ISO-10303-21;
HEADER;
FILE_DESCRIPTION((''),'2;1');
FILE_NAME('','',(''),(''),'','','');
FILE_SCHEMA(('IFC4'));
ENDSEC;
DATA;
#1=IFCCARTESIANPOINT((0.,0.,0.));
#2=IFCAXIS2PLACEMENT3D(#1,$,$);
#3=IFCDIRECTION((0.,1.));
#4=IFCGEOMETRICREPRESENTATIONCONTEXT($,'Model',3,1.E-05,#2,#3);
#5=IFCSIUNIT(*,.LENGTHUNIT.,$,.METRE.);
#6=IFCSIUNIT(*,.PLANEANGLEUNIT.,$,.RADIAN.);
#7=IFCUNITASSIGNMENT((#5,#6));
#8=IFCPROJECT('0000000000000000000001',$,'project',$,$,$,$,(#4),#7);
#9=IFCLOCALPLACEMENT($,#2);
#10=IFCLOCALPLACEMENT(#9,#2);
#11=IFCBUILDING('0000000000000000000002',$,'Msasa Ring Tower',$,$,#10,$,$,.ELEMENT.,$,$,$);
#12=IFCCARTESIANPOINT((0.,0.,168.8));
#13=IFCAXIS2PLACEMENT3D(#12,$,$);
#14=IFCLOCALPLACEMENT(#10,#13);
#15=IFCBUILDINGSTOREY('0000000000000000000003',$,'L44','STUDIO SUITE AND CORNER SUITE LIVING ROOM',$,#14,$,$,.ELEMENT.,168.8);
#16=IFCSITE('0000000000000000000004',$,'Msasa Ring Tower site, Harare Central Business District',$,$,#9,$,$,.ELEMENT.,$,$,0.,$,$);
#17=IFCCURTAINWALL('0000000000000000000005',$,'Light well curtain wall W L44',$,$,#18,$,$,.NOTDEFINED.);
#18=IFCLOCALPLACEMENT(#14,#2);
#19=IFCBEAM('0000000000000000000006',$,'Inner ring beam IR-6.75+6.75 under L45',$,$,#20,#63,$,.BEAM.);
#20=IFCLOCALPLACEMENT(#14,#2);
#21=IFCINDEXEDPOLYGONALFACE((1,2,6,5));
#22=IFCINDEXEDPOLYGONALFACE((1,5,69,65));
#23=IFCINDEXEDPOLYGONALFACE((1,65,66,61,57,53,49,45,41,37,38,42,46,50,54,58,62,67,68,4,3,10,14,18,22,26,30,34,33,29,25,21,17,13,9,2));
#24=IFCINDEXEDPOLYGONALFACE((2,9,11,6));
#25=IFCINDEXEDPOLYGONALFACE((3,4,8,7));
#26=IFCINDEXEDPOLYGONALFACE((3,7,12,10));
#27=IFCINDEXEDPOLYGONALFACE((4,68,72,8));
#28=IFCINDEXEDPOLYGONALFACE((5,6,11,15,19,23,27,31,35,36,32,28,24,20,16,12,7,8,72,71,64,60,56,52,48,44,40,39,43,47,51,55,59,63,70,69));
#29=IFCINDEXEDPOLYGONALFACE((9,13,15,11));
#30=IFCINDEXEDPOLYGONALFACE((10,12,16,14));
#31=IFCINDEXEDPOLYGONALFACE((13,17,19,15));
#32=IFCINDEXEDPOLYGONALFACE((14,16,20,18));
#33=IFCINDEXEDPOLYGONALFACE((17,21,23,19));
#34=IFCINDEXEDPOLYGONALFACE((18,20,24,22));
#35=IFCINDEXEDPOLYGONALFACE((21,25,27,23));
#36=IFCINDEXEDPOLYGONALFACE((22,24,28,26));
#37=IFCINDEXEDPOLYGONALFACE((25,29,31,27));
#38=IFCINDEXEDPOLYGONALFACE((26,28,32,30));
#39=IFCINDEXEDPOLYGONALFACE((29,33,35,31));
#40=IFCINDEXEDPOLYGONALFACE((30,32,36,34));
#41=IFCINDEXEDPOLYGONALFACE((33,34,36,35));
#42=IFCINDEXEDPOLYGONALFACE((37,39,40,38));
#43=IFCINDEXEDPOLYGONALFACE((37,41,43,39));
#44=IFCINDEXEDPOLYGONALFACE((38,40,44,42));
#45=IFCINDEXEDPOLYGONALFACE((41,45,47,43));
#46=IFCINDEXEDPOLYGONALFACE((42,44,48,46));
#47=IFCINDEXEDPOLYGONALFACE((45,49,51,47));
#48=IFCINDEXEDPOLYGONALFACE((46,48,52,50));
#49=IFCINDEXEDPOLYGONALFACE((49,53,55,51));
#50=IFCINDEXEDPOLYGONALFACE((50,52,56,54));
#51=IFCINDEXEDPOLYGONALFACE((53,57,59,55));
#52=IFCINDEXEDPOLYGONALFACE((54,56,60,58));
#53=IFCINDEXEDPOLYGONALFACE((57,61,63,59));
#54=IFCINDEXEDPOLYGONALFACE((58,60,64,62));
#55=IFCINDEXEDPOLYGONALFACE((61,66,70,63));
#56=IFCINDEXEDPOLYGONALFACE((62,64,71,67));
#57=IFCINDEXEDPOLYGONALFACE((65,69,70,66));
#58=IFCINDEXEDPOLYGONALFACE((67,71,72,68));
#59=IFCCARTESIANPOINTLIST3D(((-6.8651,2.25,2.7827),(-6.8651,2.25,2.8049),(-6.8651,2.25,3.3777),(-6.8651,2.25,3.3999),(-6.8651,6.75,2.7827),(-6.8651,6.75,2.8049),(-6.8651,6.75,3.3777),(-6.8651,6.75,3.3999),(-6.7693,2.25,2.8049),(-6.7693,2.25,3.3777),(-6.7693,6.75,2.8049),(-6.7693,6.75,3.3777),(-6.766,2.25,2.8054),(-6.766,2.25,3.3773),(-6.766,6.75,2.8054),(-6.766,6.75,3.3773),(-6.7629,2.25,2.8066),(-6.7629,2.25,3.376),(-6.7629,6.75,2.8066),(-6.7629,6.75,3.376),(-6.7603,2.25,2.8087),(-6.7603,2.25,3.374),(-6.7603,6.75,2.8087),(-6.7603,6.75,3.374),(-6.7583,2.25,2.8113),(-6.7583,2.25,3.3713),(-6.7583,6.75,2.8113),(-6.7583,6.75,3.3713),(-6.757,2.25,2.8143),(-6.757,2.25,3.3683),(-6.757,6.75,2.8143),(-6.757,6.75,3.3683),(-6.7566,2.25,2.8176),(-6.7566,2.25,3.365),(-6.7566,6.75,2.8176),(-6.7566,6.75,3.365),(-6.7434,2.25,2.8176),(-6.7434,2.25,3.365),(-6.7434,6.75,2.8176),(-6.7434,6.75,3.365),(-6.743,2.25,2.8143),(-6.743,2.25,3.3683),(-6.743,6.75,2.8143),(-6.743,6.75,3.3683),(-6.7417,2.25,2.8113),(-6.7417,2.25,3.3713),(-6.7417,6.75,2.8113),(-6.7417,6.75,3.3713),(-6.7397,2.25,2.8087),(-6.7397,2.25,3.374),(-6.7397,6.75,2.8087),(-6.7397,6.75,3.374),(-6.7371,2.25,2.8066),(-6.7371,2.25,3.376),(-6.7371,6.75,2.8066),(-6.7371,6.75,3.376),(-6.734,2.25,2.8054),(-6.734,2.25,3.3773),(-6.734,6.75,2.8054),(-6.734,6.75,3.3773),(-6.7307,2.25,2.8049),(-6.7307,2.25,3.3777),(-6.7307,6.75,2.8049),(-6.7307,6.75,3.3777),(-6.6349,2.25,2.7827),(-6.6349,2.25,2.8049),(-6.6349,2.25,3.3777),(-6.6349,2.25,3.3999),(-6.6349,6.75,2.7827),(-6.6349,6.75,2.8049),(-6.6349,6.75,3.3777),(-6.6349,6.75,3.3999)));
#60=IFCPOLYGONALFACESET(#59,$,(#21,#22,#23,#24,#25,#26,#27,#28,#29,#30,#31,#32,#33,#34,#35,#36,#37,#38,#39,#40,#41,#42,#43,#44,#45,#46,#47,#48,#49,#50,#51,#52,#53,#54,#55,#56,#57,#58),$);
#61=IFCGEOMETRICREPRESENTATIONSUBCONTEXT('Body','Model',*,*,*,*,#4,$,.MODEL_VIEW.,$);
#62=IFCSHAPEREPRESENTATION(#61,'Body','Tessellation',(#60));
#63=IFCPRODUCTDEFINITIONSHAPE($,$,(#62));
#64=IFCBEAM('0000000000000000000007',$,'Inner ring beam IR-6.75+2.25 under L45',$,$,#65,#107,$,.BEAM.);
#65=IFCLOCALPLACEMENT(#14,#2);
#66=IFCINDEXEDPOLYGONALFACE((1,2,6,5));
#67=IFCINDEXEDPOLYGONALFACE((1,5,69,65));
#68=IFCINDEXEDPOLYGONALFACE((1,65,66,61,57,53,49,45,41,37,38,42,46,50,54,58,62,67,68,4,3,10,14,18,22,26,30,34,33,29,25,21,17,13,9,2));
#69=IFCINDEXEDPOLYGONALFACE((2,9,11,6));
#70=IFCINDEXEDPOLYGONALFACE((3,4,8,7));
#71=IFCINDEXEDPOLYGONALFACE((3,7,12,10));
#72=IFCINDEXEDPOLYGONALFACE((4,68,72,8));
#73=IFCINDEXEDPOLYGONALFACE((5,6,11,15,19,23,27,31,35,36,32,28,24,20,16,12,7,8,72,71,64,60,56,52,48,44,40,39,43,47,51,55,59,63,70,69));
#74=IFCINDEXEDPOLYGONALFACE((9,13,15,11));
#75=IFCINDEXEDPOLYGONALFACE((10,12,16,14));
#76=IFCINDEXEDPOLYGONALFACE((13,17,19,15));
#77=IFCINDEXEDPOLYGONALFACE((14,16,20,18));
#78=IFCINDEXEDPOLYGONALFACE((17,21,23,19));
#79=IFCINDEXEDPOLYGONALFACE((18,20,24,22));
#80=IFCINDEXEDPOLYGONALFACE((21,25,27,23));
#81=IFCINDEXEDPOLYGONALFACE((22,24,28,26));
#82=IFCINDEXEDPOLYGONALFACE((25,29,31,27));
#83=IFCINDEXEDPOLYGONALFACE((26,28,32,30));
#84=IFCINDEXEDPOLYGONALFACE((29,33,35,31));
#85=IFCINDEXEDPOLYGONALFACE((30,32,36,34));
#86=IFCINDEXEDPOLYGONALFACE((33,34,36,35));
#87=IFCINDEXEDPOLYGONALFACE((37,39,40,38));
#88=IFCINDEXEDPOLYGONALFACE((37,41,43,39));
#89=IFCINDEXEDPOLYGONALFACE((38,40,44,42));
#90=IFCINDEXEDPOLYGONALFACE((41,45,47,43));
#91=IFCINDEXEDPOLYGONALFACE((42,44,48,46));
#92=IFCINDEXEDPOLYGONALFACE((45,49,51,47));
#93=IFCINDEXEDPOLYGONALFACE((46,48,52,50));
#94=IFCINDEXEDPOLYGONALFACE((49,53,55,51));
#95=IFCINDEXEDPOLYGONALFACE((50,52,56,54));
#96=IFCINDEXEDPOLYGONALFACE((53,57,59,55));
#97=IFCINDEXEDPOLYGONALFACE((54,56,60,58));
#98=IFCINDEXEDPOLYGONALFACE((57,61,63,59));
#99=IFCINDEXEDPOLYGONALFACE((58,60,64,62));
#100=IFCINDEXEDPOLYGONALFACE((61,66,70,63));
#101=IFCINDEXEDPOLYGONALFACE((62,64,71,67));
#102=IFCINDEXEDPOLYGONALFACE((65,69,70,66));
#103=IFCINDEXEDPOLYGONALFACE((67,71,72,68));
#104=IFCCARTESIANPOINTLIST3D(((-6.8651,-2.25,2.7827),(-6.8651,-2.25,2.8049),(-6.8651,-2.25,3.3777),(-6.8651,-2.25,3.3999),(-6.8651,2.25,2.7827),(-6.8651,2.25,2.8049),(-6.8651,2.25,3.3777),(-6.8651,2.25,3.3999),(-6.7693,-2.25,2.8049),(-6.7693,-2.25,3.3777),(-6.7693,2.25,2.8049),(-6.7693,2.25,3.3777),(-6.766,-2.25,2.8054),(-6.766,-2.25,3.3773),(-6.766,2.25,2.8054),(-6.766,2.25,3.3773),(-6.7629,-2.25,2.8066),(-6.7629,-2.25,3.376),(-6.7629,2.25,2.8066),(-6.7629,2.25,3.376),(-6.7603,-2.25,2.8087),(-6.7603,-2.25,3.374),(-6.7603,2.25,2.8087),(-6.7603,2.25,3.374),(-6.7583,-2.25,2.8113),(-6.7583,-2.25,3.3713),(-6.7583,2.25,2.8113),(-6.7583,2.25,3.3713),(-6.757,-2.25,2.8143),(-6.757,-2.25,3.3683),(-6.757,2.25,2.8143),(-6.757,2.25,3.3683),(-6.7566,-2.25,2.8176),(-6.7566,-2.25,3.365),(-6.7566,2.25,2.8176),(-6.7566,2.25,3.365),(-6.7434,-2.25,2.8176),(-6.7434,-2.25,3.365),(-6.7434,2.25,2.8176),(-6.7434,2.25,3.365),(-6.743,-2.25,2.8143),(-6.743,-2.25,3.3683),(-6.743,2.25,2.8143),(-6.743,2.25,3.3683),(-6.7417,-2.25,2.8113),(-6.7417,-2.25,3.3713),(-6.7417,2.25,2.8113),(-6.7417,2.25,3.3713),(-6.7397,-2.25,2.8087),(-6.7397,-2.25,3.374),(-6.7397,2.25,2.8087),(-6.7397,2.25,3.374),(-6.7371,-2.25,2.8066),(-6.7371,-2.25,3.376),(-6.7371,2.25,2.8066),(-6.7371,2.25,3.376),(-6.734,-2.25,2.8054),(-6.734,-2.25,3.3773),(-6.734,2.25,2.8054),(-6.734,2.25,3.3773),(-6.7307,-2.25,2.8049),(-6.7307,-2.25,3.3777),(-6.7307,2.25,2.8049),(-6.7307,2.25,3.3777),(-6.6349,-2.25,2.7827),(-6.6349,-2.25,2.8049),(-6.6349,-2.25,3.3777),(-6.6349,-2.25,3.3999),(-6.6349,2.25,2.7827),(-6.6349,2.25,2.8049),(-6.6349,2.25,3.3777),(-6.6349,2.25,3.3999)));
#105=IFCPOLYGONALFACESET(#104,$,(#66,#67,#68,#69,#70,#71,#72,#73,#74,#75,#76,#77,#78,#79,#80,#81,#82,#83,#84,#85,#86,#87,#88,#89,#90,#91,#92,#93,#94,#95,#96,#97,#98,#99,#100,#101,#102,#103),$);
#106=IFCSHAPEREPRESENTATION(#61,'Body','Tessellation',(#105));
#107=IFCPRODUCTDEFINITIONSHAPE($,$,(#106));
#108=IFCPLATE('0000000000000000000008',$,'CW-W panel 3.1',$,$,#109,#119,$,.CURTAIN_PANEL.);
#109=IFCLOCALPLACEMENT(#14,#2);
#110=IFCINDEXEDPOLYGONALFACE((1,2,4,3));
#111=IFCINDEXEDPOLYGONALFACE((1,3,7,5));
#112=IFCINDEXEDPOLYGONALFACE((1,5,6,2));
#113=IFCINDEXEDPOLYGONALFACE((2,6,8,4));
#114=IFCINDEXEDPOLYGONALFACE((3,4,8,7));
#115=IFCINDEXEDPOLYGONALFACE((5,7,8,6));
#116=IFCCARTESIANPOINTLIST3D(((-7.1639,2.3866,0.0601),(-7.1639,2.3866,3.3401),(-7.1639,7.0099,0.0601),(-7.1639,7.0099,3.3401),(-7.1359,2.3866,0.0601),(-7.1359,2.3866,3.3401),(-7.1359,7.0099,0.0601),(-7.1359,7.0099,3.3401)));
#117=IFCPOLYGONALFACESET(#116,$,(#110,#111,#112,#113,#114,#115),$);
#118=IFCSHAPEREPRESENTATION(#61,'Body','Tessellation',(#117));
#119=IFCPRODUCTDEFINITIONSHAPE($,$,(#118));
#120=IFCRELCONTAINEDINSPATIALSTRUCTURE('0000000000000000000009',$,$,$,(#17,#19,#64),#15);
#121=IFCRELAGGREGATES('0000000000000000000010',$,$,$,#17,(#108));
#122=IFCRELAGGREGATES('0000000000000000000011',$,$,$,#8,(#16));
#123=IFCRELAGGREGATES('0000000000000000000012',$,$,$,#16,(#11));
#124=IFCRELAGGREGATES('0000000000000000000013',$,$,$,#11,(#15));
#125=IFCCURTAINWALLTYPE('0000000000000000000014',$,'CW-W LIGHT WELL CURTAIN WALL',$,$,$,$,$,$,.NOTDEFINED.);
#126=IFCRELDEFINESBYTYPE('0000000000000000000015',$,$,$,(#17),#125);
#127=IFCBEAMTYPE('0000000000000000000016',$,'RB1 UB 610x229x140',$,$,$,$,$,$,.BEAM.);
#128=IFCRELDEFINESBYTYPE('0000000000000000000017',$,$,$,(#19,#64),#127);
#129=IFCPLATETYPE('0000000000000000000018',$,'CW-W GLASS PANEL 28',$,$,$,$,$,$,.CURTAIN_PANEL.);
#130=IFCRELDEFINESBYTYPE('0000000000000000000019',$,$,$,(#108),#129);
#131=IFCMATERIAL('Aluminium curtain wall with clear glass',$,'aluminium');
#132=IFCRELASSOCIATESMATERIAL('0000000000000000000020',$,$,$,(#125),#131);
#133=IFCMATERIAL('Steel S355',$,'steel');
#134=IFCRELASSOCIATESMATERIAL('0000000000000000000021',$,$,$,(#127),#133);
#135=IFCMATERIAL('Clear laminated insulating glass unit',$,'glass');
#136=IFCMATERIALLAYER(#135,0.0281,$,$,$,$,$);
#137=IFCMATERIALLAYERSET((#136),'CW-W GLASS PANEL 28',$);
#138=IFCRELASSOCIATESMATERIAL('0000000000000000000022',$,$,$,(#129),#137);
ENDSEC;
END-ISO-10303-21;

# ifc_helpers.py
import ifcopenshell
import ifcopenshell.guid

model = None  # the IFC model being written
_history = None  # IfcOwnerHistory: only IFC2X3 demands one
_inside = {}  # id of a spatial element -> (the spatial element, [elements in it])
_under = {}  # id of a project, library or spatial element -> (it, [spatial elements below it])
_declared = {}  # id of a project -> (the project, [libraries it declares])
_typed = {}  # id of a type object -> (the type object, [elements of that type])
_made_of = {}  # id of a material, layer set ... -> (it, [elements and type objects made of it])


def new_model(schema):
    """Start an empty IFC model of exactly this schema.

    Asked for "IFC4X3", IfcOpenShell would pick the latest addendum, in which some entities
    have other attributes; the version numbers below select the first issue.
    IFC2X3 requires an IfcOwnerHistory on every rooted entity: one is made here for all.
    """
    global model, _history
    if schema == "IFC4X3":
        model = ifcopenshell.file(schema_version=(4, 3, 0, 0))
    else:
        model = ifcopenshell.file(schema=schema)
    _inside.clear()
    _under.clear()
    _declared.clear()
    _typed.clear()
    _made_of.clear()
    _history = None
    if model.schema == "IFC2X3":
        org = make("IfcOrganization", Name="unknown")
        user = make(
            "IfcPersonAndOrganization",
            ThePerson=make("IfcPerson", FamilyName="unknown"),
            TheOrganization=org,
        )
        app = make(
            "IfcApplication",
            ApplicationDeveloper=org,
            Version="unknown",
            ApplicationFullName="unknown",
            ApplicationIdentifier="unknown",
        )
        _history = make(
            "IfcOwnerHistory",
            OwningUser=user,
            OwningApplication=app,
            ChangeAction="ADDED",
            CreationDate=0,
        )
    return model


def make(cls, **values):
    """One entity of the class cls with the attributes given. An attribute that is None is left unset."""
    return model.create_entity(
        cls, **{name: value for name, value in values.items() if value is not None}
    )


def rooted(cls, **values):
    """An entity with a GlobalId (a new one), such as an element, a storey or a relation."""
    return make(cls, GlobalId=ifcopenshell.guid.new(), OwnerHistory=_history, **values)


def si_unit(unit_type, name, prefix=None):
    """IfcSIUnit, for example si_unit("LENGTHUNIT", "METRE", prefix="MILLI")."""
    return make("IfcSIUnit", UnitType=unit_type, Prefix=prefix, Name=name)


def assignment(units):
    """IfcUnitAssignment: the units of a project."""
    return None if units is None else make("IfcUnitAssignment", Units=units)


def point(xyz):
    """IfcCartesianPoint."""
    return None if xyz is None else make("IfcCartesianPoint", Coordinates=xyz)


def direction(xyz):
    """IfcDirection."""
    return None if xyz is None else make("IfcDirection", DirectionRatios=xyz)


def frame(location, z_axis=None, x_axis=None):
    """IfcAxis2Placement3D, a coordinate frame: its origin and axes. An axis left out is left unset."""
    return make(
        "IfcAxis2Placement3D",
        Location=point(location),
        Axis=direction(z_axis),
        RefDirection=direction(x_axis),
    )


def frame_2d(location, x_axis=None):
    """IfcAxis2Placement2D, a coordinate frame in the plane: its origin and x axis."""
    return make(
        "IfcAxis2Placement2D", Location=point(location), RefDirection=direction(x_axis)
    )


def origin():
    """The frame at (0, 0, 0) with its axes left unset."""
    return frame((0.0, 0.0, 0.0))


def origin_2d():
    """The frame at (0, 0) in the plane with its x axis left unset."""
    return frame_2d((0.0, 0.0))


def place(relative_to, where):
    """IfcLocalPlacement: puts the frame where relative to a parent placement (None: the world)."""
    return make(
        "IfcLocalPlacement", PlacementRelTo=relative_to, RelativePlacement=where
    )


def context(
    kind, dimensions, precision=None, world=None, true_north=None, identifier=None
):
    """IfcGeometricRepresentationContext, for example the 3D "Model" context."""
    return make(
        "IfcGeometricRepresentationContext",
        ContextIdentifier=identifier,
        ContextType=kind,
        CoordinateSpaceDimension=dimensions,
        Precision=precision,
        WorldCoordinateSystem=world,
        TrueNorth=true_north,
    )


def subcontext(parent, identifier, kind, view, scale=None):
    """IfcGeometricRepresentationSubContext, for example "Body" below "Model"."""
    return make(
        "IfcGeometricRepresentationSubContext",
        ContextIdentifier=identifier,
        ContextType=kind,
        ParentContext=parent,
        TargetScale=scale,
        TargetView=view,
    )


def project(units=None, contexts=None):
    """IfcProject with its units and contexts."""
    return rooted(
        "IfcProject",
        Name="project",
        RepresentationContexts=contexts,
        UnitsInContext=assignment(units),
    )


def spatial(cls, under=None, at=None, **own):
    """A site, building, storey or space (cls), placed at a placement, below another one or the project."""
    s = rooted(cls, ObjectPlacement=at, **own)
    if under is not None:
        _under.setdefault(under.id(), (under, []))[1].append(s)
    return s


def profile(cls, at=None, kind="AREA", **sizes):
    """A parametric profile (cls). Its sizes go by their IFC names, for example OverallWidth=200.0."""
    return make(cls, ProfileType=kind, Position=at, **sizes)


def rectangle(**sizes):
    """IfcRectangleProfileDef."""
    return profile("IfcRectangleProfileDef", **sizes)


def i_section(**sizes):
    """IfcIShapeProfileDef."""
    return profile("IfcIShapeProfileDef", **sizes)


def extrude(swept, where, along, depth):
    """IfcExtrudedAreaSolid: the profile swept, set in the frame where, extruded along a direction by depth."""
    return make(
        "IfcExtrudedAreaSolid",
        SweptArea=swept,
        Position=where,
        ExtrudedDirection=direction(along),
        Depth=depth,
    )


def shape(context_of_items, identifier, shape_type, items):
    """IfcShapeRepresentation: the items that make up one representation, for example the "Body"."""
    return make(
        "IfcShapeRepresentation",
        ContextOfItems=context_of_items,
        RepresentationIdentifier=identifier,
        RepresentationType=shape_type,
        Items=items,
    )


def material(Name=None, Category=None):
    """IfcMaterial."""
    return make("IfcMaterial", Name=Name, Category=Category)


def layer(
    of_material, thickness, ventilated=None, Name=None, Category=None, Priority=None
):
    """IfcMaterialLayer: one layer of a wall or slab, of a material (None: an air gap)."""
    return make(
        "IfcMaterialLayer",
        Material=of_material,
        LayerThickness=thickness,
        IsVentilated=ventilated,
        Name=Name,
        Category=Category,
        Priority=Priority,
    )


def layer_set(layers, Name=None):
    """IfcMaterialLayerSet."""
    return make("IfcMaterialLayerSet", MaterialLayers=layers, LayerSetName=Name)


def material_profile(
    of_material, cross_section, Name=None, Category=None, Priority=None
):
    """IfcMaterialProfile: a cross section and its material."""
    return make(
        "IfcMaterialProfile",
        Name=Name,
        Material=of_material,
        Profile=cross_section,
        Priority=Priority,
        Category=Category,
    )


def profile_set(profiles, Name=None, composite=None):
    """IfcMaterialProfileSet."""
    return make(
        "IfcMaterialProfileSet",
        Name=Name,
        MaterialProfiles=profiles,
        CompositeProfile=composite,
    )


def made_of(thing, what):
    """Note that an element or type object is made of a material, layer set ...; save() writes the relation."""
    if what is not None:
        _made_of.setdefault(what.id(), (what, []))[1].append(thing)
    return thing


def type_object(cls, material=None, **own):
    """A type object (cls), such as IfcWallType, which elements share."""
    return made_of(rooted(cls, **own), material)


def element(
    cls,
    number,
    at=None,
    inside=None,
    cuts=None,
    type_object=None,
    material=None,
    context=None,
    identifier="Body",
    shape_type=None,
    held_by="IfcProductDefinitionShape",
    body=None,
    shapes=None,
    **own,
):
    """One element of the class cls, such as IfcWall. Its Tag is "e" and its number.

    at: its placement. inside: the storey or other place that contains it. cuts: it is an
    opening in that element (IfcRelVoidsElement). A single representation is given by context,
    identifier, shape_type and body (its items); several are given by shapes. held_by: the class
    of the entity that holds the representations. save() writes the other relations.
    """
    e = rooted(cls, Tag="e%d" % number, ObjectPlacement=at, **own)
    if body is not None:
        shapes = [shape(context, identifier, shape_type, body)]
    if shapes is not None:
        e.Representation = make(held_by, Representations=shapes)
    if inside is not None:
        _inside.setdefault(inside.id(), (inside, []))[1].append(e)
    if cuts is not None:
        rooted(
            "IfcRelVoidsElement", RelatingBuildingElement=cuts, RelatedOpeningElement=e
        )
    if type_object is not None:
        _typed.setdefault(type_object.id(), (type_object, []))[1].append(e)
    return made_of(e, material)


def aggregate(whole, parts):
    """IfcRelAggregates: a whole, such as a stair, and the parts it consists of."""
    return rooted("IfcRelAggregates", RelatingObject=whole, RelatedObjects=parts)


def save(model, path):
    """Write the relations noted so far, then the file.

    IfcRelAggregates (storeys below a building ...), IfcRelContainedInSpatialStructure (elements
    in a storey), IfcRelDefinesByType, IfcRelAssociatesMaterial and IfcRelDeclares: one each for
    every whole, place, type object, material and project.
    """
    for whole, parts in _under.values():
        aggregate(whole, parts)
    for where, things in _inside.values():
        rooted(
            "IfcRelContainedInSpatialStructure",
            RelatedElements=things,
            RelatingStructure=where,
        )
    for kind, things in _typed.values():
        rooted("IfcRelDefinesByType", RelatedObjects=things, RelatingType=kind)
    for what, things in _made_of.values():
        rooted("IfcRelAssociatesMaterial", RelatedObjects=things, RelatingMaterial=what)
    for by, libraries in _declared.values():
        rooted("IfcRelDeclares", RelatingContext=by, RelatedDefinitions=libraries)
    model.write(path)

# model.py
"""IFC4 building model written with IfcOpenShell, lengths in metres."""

from ifc_helpers import new_model, si_unit, direction, frame, origin, origin_2d, place, context, subcontext, project, spatial, rectangle, i_section, extrude, material, layer, layer_set, material_profile, profile_set, type_object, element, aggregate, save


model = new_model("IFC4")

# Units and contexts
model_context = context("Model", 3, precision=1e-05, world=origin(), true_north=direction((0.0, 1.0)))
body_context = subcontext(model_context, "Body", "Model", "MODEL_VIEW")
ifc_project = project(units=[si_unit("LENGTHUNIT", "METRE"), si_unit("PLANEANGLEUNIT", "RADIAN")], contexts=[model_context])

# Site, building, storey
site_placement = place(None, origin())
site = spatial("IfcSite", under=ifc_project, at=site_placement, Name="Msasa Ring Tower site, Harare Central Business District", CompositionType="ELEMENT", RefElevation=0.0)
building_placement = place(site_placement, origin())
building = spatial("IfcBuilding", under=site, at=building_placement, Name="Msasa Ring Tower", CompositionType="ELEMENT")
storey_placement = place(building_placement, frame((0.0, 0.0, 168.8)))
storey = spatial("IfcBuildingStorey", under=building, at=storey_placement, Name="L44", Description="STUDIO SUITE AND CORNER SUITE LIVING ROOM", CompositionType="ELEMENT", Elevation=168.8)

# Shared definitions
ifc_material_1 = material(Name="Aluminium curtain wall with clear glass", Category="aluminium")
curtain_wall_type = type_object("IfcCurtainWallType", Name="CW-W LIGHT WELL CURTAIN WALL", PredefinedType="NOTDEFINED", material=ifc_material_1)

# Curtain wall
curtain_wall_1_placement = place(storey_placement, origin())
curtain_wall_1 = element("IfcCurtainWall", 1, at=curtain_wall_1_placement, inside=storey, type_object=curtain_wall_type, Name="Light well curtain wall W L44", PredefinedType="NOTDEFINED")

# Beams
ifc_material_2 = material(Name="Steel S355", Category="steel")
ifc_material_profile_1 = material_profile(ifc_material_2, i_section(OverallWidth=0.2302, OverallDepth=0.6172, WebThickness=0.0132, FlangeThickness=0.0222, FilletRadius=0.0127, at=origin_2d()), Name="UB 610x229x140")
ifc_profile_set_1 = profile_set([ifc_material_profile_1], Name="Steel S355")
beam_type = type_object("IfcBeamType", Name="RB1 UB 610x229x140", PredefinedType="BEAM", material=ifc_profile_set_1)
for number, where, z_axis, x_axis, name in (
    (2, (-6.75, 6.75, 3.0913), (0.0, -1.0, 0.0), (1.0, 0.0, 0.0), "Inner ring beam IR-6.75+6.75 under L45"),
    (3, (-6.75, 2.25, 3.0913), (0.0, -1.0, 0.0), (1.0, 0.0, 0.0), "Inner ring beam IR-6.75+2.25 under L45"),
):
    element("IfcBeam", number, at=place(storey_placement, frame(where, z_axis=z_axis, x_axis=x_axis)), inside=storey, type_object=beam_type, Name=name, PredefinedType="BEAM", context=body_context, shape_type="SweptSolid", body=[
        extrude(i_section(OverallWidth=0.2302, OverallDepth=0.6172, WebThickness=0.0132, FlangeThickness=0.0222, FilletRadius=0.0127, at=origin_2d()), origin(), (0.0, 0.0, 1.0), 4.5),
    ])

# Plate
ifc_material_3 = material(Name="Clear laminated insulating glass unit", Category="glass")
ifc_layer_1 = layer(ifc_material_3, 0.0281)
ifc_layer_set_1 = layer_set([ifc_layer_1], Name="CW-W GLASS PANEL 28")
plate_type = type_object("IfcPlateType", Name="CW-W GLASS PANEL 28", PredefinedType="CURTAIN_PANEL", material=ifc_layer_set_1)
plate_placement = place(storey_placement, frame((-7.1499, 4.6982, 0.0601), z_axis=(0.0, 0.0, 1.0), x_axis=(0.0, 1.0, 0.0)))
plate = element("IfcPlate", 4, at=plate_placement, type_object=plate_type, Name="CW-W panel 3.1", PredefinedType="CURTAIN_PANEL", context=body_context, shape_type="SweptSolid", body=[
    extrude(rectangle(XDim=4.6233, YDim=0.0281, at=origin_2d()), origin(), (0.0, 0.0, 1.0), 3.28),
])
aggregate(curtain_wall_1, [plate])

save(model, "model.ifc")
